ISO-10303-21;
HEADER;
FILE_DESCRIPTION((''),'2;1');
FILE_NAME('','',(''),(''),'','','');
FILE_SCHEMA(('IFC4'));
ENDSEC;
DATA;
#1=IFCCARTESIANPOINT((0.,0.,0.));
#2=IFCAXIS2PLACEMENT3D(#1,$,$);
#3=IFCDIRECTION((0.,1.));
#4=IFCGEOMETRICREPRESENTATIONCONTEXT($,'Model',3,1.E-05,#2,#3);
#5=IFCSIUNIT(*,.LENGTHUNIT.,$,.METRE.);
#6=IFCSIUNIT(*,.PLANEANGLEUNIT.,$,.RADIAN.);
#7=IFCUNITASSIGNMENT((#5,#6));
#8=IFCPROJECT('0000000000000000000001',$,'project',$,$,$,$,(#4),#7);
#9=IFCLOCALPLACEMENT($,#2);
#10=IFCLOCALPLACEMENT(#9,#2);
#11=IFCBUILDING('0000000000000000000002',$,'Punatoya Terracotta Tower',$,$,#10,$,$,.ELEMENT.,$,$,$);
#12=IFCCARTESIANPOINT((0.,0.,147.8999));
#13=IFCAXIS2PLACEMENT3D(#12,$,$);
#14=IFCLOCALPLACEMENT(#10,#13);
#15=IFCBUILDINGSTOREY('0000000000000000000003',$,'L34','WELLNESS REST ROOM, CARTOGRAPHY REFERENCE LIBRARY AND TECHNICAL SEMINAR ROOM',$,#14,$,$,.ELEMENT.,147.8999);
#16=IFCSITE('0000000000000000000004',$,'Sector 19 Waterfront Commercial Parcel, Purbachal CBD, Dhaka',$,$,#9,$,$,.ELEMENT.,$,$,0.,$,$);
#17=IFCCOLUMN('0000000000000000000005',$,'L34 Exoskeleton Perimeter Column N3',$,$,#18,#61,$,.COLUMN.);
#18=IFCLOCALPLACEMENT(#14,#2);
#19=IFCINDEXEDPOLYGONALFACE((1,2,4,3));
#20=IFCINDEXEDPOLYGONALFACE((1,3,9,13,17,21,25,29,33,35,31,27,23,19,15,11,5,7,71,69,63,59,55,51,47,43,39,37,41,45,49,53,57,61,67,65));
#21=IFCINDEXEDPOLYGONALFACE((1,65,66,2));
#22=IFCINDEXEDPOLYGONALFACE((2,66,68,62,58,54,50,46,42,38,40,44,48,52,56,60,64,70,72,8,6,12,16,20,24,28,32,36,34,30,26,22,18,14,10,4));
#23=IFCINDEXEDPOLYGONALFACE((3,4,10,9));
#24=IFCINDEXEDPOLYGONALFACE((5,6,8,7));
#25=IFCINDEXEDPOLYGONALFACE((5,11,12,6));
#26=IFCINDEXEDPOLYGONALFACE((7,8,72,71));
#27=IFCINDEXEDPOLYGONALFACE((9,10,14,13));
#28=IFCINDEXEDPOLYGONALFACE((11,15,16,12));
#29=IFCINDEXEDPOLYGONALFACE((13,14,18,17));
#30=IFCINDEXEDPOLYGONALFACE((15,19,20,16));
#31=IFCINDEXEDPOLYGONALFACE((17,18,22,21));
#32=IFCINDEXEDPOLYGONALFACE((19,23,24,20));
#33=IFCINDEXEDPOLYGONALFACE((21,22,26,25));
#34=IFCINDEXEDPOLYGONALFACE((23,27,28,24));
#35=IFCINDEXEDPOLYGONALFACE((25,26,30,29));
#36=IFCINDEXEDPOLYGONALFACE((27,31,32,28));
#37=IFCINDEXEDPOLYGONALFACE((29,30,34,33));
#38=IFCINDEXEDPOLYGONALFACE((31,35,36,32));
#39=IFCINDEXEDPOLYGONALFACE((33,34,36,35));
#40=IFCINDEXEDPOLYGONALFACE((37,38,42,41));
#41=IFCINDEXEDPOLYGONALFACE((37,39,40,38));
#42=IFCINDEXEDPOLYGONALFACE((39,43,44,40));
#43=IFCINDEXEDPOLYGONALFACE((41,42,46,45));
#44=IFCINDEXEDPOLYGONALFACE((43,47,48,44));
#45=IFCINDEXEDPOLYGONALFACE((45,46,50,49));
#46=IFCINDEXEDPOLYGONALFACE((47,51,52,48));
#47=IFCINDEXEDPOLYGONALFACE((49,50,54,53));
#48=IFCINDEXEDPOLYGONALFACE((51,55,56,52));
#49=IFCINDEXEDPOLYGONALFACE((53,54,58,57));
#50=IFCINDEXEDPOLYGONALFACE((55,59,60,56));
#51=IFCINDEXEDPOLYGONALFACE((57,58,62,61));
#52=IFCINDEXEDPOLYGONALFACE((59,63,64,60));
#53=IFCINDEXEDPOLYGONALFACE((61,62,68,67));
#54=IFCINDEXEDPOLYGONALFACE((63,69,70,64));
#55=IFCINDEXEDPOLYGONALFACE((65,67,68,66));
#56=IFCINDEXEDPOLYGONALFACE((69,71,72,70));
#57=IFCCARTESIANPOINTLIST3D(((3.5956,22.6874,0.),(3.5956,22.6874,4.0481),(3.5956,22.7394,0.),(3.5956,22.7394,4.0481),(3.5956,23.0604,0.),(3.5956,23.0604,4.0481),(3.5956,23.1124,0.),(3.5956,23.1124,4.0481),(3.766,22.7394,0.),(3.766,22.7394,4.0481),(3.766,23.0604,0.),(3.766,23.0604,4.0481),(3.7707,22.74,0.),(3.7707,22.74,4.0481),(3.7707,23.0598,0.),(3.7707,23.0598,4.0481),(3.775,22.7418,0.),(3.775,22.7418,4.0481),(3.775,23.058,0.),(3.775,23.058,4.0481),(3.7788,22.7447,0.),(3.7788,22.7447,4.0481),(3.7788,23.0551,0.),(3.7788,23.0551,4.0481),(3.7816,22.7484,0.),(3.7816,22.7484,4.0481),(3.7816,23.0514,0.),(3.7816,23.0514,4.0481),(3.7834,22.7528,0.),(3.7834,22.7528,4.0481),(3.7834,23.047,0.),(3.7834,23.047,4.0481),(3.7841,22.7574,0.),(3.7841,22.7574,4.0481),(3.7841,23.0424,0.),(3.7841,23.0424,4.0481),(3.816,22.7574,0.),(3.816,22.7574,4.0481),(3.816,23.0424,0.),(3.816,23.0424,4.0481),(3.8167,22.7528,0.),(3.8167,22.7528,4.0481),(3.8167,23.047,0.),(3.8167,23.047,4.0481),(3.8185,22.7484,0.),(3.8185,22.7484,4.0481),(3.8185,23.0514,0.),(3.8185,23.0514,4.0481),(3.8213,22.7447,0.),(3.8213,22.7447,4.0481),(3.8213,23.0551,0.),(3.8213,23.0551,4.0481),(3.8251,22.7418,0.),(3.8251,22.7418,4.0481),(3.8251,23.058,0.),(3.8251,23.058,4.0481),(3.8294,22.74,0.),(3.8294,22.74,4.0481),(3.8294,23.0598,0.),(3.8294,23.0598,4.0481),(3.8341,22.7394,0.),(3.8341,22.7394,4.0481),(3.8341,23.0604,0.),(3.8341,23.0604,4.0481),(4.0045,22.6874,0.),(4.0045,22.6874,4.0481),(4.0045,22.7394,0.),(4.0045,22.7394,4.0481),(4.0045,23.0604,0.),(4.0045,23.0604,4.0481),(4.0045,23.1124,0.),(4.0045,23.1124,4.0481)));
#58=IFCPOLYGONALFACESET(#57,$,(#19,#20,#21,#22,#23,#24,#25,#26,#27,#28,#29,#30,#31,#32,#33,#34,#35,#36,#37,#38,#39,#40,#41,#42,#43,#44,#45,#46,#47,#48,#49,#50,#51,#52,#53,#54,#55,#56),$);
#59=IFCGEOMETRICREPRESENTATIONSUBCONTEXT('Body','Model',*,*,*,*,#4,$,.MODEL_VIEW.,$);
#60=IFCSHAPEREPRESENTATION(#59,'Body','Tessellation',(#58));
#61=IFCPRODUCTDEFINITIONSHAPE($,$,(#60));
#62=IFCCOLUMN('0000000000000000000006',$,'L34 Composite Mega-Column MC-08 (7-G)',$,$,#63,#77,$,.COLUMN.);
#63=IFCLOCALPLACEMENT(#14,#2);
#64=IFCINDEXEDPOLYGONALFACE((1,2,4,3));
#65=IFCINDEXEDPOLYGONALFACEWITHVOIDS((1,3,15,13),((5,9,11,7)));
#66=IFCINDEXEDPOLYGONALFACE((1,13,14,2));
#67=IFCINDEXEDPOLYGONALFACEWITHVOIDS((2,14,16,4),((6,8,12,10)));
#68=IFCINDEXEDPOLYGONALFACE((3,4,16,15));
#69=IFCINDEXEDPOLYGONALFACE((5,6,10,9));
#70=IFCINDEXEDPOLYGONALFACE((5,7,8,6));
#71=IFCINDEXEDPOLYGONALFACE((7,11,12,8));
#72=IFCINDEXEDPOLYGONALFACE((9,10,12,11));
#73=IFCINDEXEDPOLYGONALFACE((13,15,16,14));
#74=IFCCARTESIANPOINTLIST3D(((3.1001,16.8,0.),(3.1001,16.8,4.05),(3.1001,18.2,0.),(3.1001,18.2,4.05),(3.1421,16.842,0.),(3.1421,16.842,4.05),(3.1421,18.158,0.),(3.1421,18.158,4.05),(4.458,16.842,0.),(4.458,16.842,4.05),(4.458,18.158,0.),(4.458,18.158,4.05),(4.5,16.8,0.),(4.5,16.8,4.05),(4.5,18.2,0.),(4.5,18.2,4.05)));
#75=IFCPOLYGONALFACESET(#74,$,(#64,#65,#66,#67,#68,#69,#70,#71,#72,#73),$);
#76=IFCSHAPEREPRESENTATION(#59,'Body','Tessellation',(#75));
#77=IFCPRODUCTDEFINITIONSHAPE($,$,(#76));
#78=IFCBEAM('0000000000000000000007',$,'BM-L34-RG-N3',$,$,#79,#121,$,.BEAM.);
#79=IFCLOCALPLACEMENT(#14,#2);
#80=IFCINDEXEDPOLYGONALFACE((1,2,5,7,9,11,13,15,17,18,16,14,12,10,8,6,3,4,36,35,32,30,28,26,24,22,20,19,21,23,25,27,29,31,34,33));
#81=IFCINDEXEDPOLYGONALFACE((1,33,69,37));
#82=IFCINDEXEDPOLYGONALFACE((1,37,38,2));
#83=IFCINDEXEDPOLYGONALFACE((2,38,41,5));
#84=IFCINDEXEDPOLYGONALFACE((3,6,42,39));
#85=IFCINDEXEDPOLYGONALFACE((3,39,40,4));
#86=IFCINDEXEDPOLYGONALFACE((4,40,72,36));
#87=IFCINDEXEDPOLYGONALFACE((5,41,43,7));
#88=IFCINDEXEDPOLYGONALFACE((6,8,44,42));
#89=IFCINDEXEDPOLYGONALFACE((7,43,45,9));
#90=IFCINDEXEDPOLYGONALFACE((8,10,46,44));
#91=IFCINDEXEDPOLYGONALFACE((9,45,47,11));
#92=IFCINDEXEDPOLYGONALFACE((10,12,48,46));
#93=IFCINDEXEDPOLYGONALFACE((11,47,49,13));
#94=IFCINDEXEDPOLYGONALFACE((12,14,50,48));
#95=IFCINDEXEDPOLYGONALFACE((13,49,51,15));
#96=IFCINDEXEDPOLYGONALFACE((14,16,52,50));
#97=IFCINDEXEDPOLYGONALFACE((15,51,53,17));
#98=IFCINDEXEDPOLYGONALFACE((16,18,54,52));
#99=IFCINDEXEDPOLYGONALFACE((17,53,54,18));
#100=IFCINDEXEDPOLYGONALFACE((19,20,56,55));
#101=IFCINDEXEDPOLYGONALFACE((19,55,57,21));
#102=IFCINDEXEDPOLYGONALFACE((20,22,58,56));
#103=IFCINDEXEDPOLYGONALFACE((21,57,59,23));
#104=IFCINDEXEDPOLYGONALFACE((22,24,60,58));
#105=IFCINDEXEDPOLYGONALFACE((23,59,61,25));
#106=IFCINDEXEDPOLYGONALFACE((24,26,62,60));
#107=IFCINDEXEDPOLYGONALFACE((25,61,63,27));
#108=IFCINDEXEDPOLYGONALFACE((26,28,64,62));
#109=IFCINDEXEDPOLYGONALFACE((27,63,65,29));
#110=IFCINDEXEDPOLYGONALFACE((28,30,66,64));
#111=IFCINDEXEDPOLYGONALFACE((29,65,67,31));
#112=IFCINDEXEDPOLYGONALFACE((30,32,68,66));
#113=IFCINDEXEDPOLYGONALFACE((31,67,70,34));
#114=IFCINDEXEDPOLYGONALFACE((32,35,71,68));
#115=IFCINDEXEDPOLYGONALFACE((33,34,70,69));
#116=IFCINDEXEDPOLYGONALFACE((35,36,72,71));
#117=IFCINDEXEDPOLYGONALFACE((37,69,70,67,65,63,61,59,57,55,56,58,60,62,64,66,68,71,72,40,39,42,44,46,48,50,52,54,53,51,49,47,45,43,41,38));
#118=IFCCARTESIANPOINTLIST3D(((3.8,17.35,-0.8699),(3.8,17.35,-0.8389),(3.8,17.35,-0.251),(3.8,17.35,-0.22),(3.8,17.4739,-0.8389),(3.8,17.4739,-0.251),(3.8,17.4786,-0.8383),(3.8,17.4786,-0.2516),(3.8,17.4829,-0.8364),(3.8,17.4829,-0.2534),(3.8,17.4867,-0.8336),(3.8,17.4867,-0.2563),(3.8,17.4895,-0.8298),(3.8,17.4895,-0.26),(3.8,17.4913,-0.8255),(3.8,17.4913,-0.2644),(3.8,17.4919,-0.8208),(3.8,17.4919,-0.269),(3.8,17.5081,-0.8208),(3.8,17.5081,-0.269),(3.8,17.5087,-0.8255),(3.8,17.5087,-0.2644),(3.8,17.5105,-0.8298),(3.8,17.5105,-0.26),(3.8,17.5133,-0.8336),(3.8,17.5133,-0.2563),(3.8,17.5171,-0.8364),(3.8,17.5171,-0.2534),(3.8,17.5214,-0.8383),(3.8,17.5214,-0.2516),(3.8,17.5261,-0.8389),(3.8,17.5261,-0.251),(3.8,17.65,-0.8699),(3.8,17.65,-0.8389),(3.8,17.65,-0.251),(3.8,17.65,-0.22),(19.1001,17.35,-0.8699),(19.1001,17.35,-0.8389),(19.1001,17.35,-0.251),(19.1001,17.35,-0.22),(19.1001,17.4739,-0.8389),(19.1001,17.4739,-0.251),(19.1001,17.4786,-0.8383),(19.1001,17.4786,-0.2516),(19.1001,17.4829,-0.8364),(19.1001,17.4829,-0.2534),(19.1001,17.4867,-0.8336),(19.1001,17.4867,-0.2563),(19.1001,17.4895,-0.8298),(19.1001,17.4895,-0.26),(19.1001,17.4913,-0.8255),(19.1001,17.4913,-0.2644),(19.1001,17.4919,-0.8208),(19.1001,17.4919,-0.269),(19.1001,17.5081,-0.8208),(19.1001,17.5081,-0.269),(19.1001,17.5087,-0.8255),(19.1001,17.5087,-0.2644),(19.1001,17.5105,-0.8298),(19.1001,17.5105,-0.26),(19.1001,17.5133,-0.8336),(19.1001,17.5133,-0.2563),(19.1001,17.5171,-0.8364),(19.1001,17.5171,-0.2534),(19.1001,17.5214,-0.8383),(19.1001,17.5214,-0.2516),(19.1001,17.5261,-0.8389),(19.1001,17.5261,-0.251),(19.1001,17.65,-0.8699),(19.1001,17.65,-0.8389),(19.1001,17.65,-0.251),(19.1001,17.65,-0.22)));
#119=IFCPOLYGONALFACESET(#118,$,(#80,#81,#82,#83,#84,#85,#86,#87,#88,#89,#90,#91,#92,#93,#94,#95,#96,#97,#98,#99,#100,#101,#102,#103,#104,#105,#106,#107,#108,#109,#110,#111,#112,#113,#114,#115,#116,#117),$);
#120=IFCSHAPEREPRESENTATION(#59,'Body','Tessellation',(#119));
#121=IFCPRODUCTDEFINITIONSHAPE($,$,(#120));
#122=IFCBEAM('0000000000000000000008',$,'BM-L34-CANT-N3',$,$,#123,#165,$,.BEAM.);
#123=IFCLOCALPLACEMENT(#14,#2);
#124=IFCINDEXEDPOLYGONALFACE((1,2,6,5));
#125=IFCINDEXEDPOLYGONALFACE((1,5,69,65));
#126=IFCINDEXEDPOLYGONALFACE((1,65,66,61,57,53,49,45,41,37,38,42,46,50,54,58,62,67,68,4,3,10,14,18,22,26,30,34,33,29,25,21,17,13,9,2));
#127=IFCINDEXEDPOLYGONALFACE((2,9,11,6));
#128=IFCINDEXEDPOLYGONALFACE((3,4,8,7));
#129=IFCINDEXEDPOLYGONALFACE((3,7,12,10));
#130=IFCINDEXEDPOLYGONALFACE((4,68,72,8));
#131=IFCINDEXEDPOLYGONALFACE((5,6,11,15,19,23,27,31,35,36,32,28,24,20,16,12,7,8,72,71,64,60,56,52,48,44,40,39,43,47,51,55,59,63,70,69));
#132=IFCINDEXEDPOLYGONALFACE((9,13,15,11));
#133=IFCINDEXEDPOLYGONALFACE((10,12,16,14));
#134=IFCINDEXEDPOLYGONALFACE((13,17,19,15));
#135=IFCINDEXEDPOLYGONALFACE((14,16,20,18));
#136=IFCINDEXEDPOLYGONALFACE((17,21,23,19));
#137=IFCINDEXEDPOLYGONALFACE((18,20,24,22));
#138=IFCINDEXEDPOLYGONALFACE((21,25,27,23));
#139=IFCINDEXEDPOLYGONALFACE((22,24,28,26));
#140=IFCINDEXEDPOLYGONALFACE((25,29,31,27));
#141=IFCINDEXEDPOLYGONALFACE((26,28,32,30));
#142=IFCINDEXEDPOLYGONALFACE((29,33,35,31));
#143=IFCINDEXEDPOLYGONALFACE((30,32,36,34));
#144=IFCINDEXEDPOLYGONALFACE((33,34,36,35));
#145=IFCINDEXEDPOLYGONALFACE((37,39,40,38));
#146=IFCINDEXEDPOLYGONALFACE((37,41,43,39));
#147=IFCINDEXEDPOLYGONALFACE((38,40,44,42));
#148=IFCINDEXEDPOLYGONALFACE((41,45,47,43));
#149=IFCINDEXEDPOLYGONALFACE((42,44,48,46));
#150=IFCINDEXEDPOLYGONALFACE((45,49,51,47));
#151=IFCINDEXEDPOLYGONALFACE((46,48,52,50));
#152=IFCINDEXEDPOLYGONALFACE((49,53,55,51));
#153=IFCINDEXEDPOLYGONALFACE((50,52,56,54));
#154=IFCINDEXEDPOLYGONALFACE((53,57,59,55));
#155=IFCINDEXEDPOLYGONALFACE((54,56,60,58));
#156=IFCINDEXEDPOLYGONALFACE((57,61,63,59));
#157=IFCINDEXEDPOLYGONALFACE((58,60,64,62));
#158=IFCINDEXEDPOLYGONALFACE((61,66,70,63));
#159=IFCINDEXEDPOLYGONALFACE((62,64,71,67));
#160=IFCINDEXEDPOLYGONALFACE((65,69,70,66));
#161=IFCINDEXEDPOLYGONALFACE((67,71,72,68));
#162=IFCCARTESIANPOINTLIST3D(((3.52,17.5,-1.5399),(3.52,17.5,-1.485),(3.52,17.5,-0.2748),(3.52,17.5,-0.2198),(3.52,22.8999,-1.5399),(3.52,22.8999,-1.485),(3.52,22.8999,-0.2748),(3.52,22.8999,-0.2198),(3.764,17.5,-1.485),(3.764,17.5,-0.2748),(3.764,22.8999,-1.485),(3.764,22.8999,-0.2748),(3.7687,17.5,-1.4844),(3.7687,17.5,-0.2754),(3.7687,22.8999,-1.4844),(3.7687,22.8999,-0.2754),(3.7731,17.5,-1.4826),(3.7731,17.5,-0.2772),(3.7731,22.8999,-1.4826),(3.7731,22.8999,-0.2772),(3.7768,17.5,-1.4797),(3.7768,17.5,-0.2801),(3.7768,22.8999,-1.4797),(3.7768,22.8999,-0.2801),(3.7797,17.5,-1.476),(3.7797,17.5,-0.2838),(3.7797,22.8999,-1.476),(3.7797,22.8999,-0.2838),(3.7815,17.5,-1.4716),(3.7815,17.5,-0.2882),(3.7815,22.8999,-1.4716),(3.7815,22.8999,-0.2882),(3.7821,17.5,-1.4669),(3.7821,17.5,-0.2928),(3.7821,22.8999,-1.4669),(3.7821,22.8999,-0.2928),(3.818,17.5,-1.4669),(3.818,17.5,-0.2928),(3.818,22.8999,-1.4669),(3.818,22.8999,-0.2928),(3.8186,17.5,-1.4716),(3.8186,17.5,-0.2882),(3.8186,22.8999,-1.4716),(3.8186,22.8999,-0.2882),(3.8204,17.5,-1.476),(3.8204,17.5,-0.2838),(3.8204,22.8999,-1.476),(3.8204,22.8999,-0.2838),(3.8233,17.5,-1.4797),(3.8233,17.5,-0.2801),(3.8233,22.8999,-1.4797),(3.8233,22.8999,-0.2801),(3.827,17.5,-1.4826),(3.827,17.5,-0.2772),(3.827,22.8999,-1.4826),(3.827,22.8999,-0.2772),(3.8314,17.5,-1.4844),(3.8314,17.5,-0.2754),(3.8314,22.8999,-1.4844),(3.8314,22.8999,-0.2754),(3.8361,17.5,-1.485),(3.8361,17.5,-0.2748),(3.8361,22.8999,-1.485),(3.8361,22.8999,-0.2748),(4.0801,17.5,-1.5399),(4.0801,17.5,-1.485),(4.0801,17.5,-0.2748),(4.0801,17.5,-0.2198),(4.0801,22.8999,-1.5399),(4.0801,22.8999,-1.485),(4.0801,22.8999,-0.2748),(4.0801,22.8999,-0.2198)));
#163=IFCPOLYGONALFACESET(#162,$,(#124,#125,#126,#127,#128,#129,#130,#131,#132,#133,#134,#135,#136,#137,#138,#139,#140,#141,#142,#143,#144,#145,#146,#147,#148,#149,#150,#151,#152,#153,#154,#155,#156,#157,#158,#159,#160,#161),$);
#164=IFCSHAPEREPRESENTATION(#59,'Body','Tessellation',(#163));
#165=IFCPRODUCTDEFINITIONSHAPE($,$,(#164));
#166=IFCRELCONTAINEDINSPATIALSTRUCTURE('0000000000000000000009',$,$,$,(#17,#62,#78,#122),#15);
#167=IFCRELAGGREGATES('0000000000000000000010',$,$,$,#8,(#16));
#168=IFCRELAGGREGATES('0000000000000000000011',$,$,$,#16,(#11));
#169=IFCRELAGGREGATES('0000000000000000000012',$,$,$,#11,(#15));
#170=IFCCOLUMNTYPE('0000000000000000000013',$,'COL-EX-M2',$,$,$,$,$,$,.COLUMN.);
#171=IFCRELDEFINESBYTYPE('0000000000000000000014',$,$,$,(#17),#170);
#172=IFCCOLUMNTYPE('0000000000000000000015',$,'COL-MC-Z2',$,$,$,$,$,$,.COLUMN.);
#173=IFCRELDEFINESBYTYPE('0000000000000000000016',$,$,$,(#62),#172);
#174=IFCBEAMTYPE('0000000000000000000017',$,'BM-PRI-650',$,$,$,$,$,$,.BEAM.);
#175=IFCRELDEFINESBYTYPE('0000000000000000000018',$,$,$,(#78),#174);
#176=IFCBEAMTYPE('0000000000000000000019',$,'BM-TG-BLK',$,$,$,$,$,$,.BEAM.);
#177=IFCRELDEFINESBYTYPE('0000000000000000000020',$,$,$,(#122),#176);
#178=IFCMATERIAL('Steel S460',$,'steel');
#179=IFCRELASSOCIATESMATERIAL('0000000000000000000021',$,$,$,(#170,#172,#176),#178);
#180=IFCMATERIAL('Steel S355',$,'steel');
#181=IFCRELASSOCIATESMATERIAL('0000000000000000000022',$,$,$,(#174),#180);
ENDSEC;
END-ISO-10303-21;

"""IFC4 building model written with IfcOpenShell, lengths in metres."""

from ifc_helpers import new_model, si_unit, direction, frame, origin, origin_2d, place, context, subcontext, project, spatial, hollow_rectangle, i_section, extrude, material, material_profile, profile_set, type_object, element, save


model = new_model("IFC4")

# Units and contexts
model_context = context("Model", 3, precision=1e-05, world=origin(), true_north=direction((0.0, 1.0)))
body_context = subcontext(model_context, "Body", "Model", "MODEL_VIEW")
ifc_project = project(units=[si_unit("LENGTHUNIT", "METRE"), si_unit("PLANEANGLEUNIT", "RADIAN")], contexts=[model_context])

# Site, building, storey
site_placement = place(None, origin())
site = spatial("IfcSite", under=ifc_project, at=site_placement, Name="Sector 19 Waterfront Commercial Parcel, Purbachal CBD, Dhaka", CompositionType="ELEMENT", RefElevation=0.0)
building_placement = place(site_placement, origin())
building = spatial("IfcBuilding", under=site, at=building_placement, Name="Punatoya Terracotta Tower", CompositionType="ELEMENT")
storey_placement = place(building_placement, frame((0.0, 0.0, 147.8999)))
storey = spatial("IfcBuildingStorey", under=building, at=storey_placement, Name="L34", Description="WELLNESS REST ROOM, CARTOGRAPHY REFERENCE LIBRARY AND TECHNICAL SEMINAR ROOM", CompositionType="ELEMENT", Elevation=147.8999)

# Columns
ifc_material_1 = material(Name="Steel S460", Category="steel")
ifc_material_profile_1 = material_profile(ifc_material_1, i_section(OverallWidth=0.4089, OverallDepth=0.425, WebThickness=0.032, FlangeThickness=0.052, FilletRadius=0.0181, at=origin_2d()))
ifc_profile_set_1 = profile_set([ifc_material_profile_1], Name="Steel S460")
column_type_1 = type_object("IfcColumnType", Name="COL-EX-M2", PredefinedType="COLUMN", material=ifc_profile_set_1)
column_1_placement = place(storey_placement, frame((3.8, 22.8999, 0.0), z_axis=(0.0, 0.0, 1.0), x_axis=(1.0, 0.0, 0.0)))
element("IfcColumn", 1, at=column_1_placement, inside=storey, type_object=column_type_1, Name="L34 Exoskeleton Perimeter Column N3", PredefinedType="COLUMN", context=body_context, shape_type="SweptSolid", body=[
    extrude(i_section(OverallWidth=0.4089, OverallDepth=0.425, WebThickness=0.032, FlangeThickness=0.052, FilletRadius=0.0181, at=origin_2d()), origin(), (0.0, 0.0, 1.0), 4.0481),
])
ifc_material_profile_2 = material_profile(ifc_material_1, hollow_rectangle(XDim=1.3999, YDim=1.3999, WallThickness=0.042, at=origin_2d()))
ifc_profile_set_2 = profile_set([ifc_material_profile_2], Name="Steel S460")
column_type_2 = type_object("IfcColumnType", Name="COL-MC-Z2", PredefinedType="COLUMN", material=ifc_profile_set_2)
column_2_placement = place(storey_placement, frame((3.8, 17.5, 0.0), z_axis=(0.0, 0.0, 1.0), x_axis=(1.0, 0.0, 0.0)))
element("IfcColumn", 2, at=column_2_placement, inside=storey, type_object=column_type_2, Name="L34 Composite Mega-Column MC-08 (7-G)", PredefinedType="COLUMN", context=body_context, shape_type="SweptSolid", body=[
    extrude(hollow_rectangle(XDim=1.3999, YDim=1.3999, WallThickness=0.042, at=origin_2d()), origin(), (0.0, 0.0, 1.0), 4.05),
])

# Beams
ifc_material_2 = material(Name="Steel S355", Category="steel")
ifc_material_profile_3 = material_profile(ifc_material_2, i_section(OverallWidth=0.3, OverallDepth=0.6499, WebThickness=0.0161, FlangeThickness=0.031, FilletRadius=0.0181, at=origin_2d()))
ifc_profile_set_3 = profile_set([ifc_material_profile_3], Name="Steel S355")
beam_type_1 = type_object("IfcBeamType", Name="BM-PRI-650", PredefinedType="BEAM", material=ifc_profile_set_3)
beam_1_placement = place(storey_placement, frame((3.8, 17.5, -0.5449), z_axis=(1.0, 0.0, 0.0), x_axis=(0.0, 1.0, 0.0)))
element("IfcBeam", 3, at=beam_1_placement, inside=storey, type_object=beam_type_1, Name="BM-L34-RG-N3", PredefinedType="BEAM", context=body_context, shape_type="SweptSolid", body=[
    extrude(i_section(OverallWidth=0.3, OverallDepth=0.6499, WebThickness=0.0161, FlangeThickness=0.031, FilletRadius=0.0181, at=origin_2d()), origin(), (0.0, 0.0, 1.0), 15.3),
])
ifc_material_profile_4 = material_profile(ifc_material_1, i_section(OverallWidth=0.5601, OverallDepth=1.3201, WebThickness=0.0359, FlangeThickness=0.0549, FilletRadius=0.0181, at=origin_2d()))
ifc_profile_set_4 = profile_set([ifc_material_profile_4], Name="Steel S460")
beam_type_2 = type_object("IfcBeamType", Name="BM-TG-BLK", PredefinedType="BEAM", material=ifc_profile_set_4)
beam_2_placement = place(storey_placement, frame((3.8, 17.5, -0.8799), z_axis=(0.0, 1.0, 0.0), x_axis=(-1.0, 0.0, 0.0)))
element("IfcBeam", 4, at=beam_2_placement, inside=storey, type_object=beam_type_2, Name="BM-L34-CANT-N3", PredefinedType="BEAM", context=body_context, shape_type="SweptSolid", body=[
    extrude(i_section(OverallWidth=0.5601, OverallDepth=1.3201, WebThickness=0.0359, FlangeThickness=0.0549, FilletRadius=0.0181, at=origin_2d()), origin(), (0.0, 0.0, 1.0), 5.3999),
])

save(model, "model.ifc")
